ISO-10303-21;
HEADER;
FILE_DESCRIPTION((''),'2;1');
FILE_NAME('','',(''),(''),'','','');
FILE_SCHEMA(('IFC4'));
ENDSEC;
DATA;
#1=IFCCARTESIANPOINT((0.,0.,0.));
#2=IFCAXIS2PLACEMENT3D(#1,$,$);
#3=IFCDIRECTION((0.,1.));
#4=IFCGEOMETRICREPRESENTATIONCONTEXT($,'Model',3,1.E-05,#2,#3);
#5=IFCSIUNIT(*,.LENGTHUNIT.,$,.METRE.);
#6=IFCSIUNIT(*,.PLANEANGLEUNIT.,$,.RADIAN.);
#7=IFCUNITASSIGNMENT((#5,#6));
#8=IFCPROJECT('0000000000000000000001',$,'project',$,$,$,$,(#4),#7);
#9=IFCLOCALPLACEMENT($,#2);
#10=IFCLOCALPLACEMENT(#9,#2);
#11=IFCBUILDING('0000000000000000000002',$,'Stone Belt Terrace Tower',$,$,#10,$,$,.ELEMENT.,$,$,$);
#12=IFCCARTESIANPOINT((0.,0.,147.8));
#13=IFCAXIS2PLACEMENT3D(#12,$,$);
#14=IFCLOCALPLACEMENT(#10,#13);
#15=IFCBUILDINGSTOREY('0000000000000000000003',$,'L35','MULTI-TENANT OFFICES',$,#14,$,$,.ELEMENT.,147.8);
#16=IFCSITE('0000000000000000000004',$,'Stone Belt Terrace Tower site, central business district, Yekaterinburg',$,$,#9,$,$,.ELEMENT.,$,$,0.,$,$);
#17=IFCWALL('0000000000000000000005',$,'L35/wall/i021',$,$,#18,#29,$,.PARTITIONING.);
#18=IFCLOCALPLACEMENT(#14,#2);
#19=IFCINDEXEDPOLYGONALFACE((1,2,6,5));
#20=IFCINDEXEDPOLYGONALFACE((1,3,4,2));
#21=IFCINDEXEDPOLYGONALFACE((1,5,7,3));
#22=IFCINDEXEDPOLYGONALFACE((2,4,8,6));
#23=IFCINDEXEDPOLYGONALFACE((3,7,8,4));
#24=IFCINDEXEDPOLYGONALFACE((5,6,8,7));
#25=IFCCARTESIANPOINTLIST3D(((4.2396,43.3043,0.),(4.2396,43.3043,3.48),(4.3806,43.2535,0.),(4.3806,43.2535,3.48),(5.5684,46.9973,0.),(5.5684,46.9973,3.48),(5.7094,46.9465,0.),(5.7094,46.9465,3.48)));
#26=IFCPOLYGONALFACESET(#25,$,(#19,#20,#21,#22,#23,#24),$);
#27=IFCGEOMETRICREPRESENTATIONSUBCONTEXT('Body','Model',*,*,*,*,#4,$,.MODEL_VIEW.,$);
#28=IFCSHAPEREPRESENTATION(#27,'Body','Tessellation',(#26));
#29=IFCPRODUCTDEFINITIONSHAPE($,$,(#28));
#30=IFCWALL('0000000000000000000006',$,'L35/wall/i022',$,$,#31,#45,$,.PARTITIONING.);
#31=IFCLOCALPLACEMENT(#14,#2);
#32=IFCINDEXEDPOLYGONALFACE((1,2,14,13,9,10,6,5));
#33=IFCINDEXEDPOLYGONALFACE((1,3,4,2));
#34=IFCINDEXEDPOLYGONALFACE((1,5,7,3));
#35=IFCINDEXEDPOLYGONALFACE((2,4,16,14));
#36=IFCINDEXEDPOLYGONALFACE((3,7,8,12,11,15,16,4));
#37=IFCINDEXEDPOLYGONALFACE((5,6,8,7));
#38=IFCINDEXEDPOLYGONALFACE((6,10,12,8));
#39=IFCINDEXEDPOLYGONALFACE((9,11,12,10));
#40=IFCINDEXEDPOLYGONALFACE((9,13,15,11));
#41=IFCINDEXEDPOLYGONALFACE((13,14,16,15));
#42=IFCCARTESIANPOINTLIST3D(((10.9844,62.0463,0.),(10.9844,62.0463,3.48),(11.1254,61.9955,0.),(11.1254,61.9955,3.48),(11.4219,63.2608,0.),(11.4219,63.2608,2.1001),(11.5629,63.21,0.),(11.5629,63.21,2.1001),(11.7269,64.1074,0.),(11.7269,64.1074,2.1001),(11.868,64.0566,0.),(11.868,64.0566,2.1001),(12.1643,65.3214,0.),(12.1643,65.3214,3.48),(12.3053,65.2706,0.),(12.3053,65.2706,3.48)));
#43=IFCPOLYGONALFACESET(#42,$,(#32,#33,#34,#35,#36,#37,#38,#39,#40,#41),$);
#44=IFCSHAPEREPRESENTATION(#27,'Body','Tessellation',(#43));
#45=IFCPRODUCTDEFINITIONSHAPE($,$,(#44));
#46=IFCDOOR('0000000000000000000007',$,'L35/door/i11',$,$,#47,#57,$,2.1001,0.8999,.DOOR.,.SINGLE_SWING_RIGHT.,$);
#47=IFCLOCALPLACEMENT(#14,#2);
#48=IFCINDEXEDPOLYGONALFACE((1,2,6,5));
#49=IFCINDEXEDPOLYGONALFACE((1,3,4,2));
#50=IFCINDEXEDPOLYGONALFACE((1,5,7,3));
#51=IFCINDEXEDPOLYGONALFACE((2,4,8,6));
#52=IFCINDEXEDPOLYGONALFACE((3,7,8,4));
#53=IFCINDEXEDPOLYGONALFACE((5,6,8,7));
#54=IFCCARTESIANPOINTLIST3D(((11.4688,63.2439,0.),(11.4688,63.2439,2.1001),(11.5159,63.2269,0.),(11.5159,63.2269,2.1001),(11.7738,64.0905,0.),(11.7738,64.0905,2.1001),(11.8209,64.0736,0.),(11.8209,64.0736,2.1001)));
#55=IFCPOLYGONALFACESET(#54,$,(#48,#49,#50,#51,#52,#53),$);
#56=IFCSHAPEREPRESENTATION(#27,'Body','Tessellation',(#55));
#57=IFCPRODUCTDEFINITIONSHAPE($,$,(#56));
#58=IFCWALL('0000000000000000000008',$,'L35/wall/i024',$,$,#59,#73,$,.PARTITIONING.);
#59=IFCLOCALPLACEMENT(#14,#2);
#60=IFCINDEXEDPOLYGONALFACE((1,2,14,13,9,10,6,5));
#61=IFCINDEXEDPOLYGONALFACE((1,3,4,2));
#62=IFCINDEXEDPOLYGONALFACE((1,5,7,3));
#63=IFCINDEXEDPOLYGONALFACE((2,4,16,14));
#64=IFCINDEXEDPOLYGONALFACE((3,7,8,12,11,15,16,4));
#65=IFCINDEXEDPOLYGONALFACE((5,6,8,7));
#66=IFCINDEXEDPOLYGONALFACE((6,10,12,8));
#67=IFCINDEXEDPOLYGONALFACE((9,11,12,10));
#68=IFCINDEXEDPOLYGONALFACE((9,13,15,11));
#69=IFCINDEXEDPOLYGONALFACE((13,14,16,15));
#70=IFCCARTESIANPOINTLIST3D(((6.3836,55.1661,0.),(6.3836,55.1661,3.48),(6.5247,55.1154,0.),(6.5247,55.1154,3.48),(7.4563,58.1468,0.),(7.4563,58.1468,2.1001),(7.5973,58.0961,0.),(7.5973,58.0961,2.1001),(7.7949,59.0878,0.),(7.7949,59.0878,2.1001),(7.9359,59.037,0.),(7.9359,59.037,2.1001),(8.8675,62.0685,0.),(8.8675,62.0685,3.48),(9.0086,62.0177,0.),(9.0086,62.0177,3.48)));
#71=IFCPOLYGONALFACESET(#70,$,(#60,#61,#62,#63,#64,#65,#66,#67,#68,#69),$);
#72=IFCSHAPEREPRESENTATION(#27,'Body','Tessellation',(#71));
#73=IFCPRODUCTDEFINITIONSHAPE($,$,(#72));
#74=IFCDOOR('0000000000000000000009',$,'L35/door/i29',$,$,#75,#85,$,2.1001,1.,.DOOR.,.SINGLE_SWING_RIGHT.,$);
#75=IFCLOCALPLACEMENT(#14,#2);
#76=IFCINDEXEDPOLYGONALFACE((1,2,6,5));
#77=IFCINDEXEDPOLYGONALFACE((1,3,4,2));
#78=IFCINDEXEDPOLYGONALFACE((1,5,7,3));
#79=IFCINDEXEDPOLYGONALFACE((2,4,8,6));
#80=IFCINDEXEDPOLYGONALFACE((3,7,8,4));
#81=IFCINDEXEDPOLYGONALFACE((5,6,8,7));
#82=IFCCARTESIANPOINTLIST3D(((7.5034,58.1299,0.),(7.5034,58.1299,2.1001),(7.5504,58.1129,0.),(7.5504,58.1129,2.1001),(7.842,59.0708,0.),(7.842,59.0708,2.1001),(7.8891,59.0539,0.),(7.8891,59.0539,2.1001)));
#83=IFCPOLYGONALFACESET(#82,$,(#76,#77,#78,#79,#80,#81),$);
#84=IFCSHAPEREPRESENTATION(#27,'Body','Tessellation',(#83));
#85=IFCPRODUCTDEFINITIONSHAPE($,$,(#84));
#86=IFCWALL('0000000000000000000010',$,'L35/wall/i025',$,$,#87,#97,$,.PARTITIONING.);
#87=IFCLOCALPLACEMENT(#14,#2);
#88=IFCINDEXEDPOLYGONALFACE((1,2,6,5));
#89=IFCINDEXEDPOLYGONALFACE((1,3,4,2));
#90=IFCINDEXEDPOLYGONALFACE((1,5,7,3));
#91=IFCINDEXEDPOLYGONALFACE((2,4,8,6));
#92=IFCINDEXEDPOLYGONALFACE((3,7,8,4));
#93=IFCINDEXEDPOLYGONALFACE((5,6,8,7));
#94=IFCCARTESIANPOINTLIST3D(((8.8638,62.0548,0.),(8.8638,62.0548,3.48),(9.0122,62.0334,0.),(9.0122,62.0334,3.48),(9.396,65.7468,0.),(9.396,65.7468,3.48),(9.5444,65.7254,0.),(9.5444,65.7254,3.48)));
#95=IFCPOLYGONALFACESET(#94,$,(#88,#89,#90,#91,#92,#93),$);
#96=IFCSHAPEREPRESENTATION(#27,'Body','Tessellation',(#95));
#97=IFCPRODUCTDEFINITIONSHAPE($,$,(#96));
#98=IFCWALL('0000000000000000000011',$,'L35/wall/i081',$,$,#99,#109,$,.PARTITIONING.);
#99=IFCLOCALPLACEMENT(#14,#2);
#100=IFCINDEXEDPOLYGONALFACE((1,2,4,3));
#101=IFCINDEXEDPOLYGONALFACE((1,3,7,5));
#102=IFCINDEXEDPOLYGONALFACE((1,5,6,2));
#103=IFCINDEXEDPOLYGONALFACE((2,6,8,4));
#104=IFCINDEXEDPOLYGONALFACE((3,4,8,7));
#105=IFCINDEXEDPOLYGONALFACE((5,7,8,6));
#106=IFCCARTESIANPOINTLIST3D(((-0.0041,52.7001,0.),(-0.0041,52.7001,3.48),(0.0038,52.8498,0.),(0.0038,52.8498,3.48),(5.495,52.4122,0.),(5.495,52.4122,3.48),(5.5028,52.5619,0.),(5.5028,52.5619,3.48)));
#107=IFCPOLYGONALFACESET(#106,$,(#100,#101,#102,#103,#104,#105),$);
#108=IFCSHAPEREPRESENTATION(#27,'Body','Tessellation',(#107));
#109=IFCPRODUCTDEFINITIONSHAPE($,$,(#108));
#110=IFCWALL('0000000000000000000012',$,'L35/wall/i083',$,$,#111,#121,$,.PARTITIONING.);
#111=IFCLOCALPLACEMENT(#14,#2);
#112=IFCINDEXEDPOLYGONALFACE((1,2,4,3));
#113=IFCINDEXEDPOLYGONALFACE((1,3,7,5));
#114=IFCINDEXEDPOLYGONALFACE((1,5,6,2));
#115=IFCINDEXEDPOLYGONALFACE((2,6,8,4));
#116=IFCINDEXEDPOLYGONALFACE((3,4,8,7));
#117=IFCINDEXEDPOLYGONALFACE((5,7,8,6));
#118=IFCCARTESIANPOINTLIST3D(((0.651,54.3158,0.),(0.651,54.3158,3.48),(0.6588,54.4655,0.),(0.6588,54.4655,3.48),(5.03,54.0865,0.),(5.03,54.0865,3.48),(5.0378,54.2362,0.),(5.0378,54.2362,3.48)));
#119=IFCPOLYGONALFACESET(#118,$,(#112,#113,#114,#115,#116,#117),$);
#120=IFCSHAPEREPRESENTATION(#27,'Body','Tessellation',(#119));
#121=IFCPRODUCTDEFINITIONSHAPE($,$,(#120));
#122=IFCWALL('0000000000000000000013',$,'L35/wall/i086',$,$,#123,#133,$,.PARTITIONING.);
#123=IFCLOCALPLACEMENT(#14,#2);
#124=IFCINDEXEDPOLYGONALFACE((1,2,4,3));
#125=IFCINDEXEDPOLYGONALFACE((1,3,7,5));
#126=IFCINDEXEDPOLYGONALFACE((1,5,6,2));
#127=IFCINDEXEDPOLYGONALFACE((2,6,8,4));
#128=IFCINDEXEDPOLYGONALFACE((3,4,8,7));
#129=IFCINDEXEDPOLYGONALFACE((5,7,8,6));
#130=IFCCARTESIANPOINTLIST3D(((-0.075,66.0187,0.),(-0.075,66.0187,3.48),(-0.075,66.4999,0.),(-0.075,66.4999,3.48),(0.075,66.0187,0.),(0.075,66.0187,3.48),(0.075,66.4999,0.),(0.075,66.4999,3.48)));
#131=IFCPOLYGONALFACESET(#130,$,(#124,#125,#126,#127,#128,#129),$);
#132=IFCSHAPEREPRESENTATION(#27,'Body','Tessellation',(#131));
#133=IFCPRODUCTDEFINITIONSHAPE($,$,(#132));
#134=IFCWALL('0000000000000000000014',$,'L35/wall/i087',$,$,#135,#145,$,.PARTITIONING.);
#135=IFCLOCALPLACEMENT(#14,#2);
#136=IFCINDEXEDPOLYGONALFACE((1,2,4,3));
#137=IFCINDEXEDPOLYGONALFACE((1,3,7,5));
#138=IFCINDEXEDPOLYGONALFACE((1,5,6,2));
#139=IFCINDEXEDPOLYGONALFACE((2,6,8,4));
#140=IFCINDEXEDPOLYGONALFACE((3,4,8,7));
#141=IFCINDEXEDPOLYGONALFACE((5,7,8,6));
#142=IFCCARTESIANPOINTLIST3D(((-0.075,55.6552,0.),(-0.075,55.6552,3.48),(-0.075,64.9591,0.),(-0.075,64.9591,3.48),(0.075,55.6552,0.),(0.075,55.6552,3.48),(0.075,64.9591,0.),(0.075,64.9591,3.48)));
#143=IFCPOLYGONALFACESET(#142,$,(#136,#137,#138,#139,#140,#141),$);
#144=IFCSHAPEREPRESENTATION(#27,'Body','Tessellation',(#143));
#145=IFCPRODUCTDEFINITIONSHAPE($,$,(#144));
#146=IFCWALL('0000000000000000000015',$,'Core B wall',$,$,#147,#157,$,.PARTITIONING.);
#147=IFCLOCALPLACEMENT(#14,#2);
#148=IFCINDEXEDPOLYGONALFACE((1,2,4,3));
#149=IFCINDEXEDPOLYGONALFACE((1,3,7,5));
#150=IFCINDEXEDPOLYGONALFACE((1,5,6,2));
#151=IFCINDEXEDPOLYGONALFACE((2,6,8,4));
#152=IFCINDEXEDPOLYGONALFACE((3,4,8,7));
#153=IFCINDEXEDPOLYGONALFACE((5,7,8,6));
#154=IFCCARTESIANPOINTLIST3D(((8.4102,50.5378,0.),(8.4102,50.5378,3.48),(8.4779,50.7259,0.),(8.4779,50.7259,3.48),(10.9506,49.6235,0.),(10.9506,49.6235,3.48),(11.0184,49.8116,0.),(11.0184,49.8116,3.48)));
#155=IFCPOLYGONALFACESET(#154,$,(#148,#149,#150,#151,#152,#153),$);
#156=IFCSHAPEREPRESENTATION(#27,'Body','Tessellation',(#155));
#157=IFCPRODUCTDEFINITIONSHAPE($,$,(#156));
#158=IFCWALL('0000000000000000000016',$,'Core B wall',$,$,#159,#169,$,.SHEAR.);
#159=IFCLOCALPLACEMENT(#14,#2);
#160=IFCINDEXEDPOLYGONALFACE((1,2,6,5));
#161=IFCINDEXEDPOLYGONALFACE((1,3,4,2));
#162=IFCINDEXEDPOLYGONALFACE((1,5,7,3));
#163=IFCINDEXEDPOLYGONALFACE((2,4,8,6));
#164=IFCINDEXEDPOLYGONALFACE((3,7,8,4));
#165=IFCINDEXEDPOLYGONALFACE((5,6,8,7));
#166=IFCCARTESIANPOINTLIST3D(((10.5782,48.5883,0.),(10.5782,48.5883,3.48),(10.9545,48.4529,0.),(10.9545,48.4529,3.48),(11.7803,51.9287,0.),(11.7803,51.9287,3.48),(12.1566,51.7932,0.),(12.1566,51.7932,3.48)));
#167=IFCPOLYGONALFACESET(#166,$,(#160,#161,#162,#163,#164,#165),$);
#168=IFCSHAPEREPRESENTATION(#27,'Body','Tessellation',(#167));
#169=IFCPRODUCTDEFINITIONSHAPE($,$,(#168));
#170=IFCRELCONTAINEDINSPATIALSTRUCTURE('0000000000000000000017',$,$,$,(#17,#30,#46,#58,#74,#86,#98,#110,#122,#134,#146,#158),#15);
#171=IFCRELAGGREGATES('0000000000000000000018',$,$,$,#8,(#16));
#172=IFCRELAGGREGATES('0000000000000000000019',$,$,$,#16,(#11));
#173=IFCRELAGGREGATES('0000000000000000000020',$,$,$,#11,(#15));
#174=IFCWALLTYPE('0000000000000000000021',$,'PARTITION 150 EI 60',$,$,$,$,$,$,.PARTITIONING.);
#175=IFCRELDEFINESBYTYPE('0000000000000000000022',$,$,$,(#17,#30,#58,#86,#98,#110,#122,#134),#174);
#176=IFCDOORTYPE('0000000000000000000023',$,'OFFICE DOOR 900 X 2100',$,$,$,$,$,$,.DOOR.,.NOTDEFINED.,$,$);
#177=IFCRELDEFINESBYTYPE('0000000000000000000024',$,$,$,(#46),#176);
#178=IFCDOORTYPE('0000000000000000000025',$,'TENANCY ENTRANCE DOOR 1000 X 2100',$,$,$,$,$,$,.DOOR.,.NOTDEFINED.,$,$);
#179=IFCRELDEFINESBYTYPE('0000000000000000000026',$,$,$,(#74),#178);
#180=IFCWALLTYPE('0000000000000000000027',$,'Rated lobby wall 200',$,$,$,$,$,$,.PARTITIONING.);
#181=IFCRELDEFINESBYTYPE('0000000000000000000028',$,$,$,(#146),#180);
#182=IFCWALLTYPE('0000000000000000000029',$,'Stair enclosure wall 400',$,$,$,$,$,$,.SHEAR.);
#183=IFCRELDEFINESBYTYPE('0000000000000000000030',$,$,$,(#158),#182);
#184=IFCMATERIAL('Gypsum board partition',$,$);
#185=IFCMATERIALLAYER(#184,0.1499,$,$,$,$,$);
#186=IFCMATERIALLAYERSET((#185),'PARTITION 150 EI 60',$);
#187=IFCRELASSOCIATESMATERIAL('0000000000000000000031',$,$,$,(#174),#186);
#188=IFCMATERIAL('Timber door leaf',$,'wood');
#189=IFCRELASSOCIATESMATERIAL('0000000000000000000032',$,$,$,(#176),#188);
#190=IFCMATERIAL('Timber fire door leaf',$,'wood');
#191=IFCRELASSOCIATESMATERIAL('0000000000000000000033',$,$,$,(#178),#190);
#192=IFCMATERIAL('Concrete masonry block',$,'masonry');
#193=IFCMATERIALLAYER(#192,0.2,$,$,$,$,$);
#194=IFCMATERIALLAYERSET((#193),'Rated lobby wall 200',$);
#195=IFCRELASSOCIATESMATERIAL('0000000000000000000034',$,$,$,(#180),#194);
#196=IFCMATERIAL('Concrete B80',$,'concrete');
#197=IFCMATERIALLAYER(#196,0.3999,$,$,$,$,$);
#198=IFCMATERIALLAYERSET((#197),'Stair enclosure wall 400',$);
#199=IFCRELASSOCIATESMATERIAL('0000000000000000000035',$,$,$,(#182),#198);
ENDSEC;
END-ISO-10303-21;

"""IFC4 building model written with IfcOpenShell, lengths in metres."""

from ifc_helpers import new_model, si_unit, direction, frame, frame_2d, origin, place, context, subcontext, project, spatial, rectangle, extrude, material, layer, layer_set, type_object, element, fill, save


model = new_model("IFC4")

# Units and contexts
model_context = context("Model", 3, precision=1e-05, world=origin(), true_north=direction((0.0, 1.0)))
body_context = subcontext(model_context, "Body", "Model", "MODEL_VIEW")
ifc_project = project(units=[si_unit("LENGTHUNIT", "METRE"), si_unit("PLANEANGLEUNIT", "RADIAN")], contexts=[model_context])

# Site, building, storey
site_placement = place(None, origin())
site = spatial("IfcSite", under=ifc_project, at=site_placement, Name="Stone Belt Terrace Tower site, central business district, Yekaterinburg", CompositionType="ELEMENT", RefElevation=0.0)
building_placement = place(site_placement, origin())
building = spatial("IfcBuilding", under=site, at=building_placement, Name="Stone Belt Terrace Tower", CompositionType="ELEMENT")
storey_placement = place(building_placement, frame((0.0, 0.0, 147.8)))
storey = spatial("IfcBuildingStorey", under=building, at=storey_placement, Name="L35", Description="MULTI-TENANT OFFICES", CompositionType="ELEMENT", Elevation=147.8)

# Shared definitions
ifc_material_1 = material(Name="Concrete B80", Category="concrete")

# Shared definitions
ifc_material_2 = material(Name="Timber door leaf", Category="wood")

# Wall
ifc_material_3 = material(Name="Gypsum board partition")
ifc_layer_1 = layer(ifc_material_3, 0.1499)
ifc_layer_set_1 = layer_set([ifc_layer_1], Name="PARTITION 150 EI 60")
wall_type_1 = type_object("IfcWallType", Name="PARTITION 150 EI 60", PredefinedType="PARTITIONING", material=ifc_layer_set_1)
wall_1_placement = place(storey_placement, frame((5.6389, 46.9719, 0.0), z_axis=(0.0, 0.0, 1.0), x_axis=(-0.33857, -0.940941, 0.0)))
element("IfcWall", 1, at=wall_1_placement, inside=storey, type_object=wall_type_1, Name="L35/wall/i021", PredefinedType="PARTITIONING", context=body_context, shape_type="SweptSolid", body=[
    extrude(rectangle(XDim=3.9248, YDim=0.1499, at=frame_2d((1.9624, 0.0))), origin(), (0.0, 0.0, 1.0), 3.48),
])

# Walls, openings, doors
wall_2_placement = place(storey_placement, frame((12.2349, 65.2961, 0.0), z_axis=(0.0, 0.0, 1.0), x_axis=(-0.338943, -0.940807, 0.0)))
wall_2 = element("IfcWall", 2, at=wall_2_placement, inside=storey, type_object=wall_type_1, Name="L35/wall/i022", PredefinedType="PARTITIONING", context=body_context, shape_type="SweptSolid", body=[
    extrude(rectangle(XDim=3.4812, YDim=0.1499, at=frame_2d((1.7407, 0.0))), origin(), (0.0, 0.0, 1.0), 3.48),
])
opening_1_placement = place(wall_2_placement, frame((1.2905, 0.0, 0.0)))
opening_1 = element("IfcOpeningElement", 3, at=opening_1_placement, cuts=wall_2, PredefinedType="OPENING", context=body_context, shape_type="SweptSolid", body=[
    extrude(rectangle(XDim=0.8999, YDim=2.1001, at=frame_2d((0.45, 1.05))), frame((0.0, 0.085, 0.0), z_axis=(0.0, -1.0, 0.0), x_axis=(1.0, 0.0, 0.0)), (0.0, 0.0, 1.0), 0.1699),
])
door_type_1 = type_object("IfcDoorType", Name="OFFICE DOOR 900 X 2100", OperationType="NOTDEFINED", PredefinedType="DOOR", material=ifc_material_2)
door_1_placement = place(opening_1_placement, origin())
door_1 = element("IfcDoor", 4, at=door_1_placement, inside=storey, type_object=door_type_1, Name="L35/door/i11", OperationType="SINGLE_SWING_RIGHT", OverallHeight=2.1001, OverallWidth=0.8999, PredefinedType="DOOR", context=body_context, shape_type="SweptSolid", body=[
    extrude(rectangle(XDim=0.8999, YDim=2.1001, at=frame_2d((0.45, 1.05))), frame((0.0, 0.0249, 0.0), z_axis=(0.0, -1.0, 0.0), x_axis=(1.0, 0.0, 0.0)), (0.0, 0.0, 1.0), 0.05),
])
fill(opening_1, door_1)
wall_3_placement = place(storey_placement, frame((6.4541, 55.1406, 0.0), z_axis=(0.0, 0.0, 1.0), x_axis=(0.338604, 0.940929, 0.0)))
wall_3 = element("IfcWall", 5, at=wall_3_placement, inside=storey, type_object=wall_type_1, Name="L35/wall/i024", PredefinedType="PARTITIONING", context=body_context, shape_type="SweptSolid", body=[
    extrude(rectangle(XDim=7.3357, YDim=0.1499, at=frame_2d((3.668, 0.0))), origin(), (0.0, 0.0, 1.0), 3.48),
])
opening_2_placement = place(wall_3_placement, frame((3.168, 0.0, 0.0)))
opening_2 = element("IfcOpeningElement", 6, at=opening_2_placement, cuts=wall_3, PredefinedType="OPENING", context=body_context, shape_type="SweptSolid", body=[
    extrude(rectangle(XDim=1.0, YDim=2.1001, at=frame_2d((0.5, 1.05))), frame((0.0, 0.085, 0.0), z_axis=(0.0, -1.0, 0.0), x_axis=(1.0, 0.0, 0.0)), (0.0, 0.0, 1.0), 0.1699),
])
ifc_material_4 = material(Name="Timber fire door leaf", Category="wood")
door_type_2 = type_object("IfcDoorType", Name="TENANCY ENTRANCE DOOR 1000 X 2100", OperationType="NOTDEFINED", PredefinedType="DOOR", material=ifc_material_4)
door_2_placement = place(opening_2_placement, origin())
door_2 = element("IfcDoor", 7, at=door_2_placement, inside=storey, type_object=door_type_2, Name="L35/door/i29", OperationType="SINGLE_SWING_RIGHT", OverallHeight=2.1001, OverallWidth=1.0, PredefinedType="DOOR", context=body_context, shape_type="SweptSolid", body=[
    extrude(rectangle(XDim=1.0, YDim=2.1001, at=frame_2d((0.5, 1.05))), frame((0.0, 0.0249, 0.0), z_axis=(0.0, -1.0, 0.0), x_axis=(1.0, 0.0, 0.0)), (0.0, 0.0, 1.0), 0.05),
])
fill(opening_2, door_2)

# Walls
wall_4_placement = place(storey_placement, frame((8.938, 62.0439, 0.0), z_axis=(0.0, 0.0, 1.0), x_axis=(0.142677, 0.989769, 0.0)))
element("IfcWall", 8, at=wall_4_placement, inside=storey, type_object=wall_type_1, Name="L35/wall/i025", PredefinedType="PARTITIONING", context=body_context, shape_type="SweptSolid", body=[
    extrude(rectangle(XDim=3.7302, YDim=0.1499, at=frame_2d((1.8652, 0.0))), origin(), (0.0, 0.0, 1.0), 3.48),
])
wall_5_placement = place(storey_placement, frame((5.499, 52.4871, 0.0), z_axis=(0.0, 0.0, 1.0), x_axis=(-0.998633, 0.052273, 0.0)))
element("IfcWall", 9, at=wall_5_placement, inside=storey, type_object=wall_type_1, Name="L35/wall/i081", PredefinedType="PARTITIONING", context=body_context, shape_type="SweptSolid", body=[
    extrude(rectangle(XDim=5.5066, YDim=0.1499, at=frame_2d((2.7534, 0.0))), origin(), (0.0, 0.0, 1.0), 3.48),
])
wall_6_placement = place(storey_placement, frame((0.655, 54.3906, 0.0), z_axis=(0.0, 0.0, 1.0), x_axis=(0.998632, -0.052281, 0.0)))
element("IfcWall", 10, at=wall_6_placement, inside=storey, type_object=wall_type_1, Name="L35/wall/i083", PredefinedType="PARTITIONING", context=body_context, shape_type="SweptSolid", body=[
    extrude(rectangle(XDim=4.385, YDim=0.1499, at=frame_2d((2.1924, 0.0))), origin(), (0.0, 0.0, 1.0), 3.48),
])
wall_7_placement = place(storey_placement, frame((0.0, 66.5, 0.0), z_axis=(0.0, 0.0, 1.0), x_axis=(0.0, -1.0, 0.0)))
element("IfcWall", 11, at=wall_7_placement, inside=storey, type_object=wall_type_1, Name="L35/wall/i086", PredefinedType="PARTITIONING", context=body_context, shape_type="SweptSolid", body=[
    extrude(rectangle(XDim=0.4812, YDim=0.1499, at=frame_2d((0.2407, 0.0))), origin(), (0.0, 0.0, 1.0), 3.48),
])
wall_8_placement = place(storey_placement, frame((0.0, 64.959, 0.0), z_axis=(0.0, 0.0, 1.0), x_axis=(0.0, -1.0, 0.0)))
element("IfcWall", 12, at=wall_8_placement, inside=storey, type_object=wall_type_1, Name="L35/wall/i087", PredefinedType="PARTITIONING", context=body_context, shape_type="SweptSolid", body=[
    extrude(rectangle(XDim=9.304, YDim=0.1499, at=frame_2d((4.6519, 0.0))), origin(), (0.0, 0.0, 1.0), 3.48),
])
ifc_material_5 = material(Name="Concrete masonry block", Category="masonry")
ifc_layer_2 = layer(ifc_material_5, 0.2)
ifc_layer_set_2 = layer_set([ifc_layer_2], Name="Rated lobby wall 200")
wall_type_2 = type_object("IfcWallType", Name="Rated lobby wall 200", PredefinedType="PARTITIONING", material=ifc_layer_set_2)
wall_9_placement = place(storey_placement, frame((10.9846, 49.7175, 0.0), z_axis=(0.0, 0.0, 1.0), x_axis=(-0.940921, 0.338627, 0.0)))
element("IfcWall", 13, at=wall_9_placement, inside=storey, type_object=wall_type_2, Name="Core B wall", PredefinedType="PARTITIONING", context=body_context, shape_type="SweptSolid", body=[
    extrude(rectangle(XDim=2.7, YDim=0.2, at=frame_2d((1.3501, 0.0))), origin(), (0.0, 0.0, 1.0), 3.48),
])
ifc_layer_3 = layer(ifc_material_1, 0.3999)
ifc_layer_set_3 = layer_set([ifc_layer_3], Name="Stair enclosure wall 400")
wall_type_3 = type_object("IfcWallType", Name="Stair enclosure wall 400", PredefinedType="SHEAR", material=ifc_layer_set_3)
wall_10_placement = place(storey_placement, frame((10.7664, 48.5208, 0.0), z_axis=(0.0, 0.0, 1.0), x_axis=(0.338627, 0.940921, 0.0)))
element("IfcWall", 14, at=wall_10_placement, inside=storey, type_object=wall_type_3, Name="Core B wall", PredefinedType="SHEAR", context=body_context, shape_type="SweptSolid", body=[
    extrude(rectangle(XDim=3.55, YDim=0.3999, at=frame_2d((1.7749, 0.0))), origin(), (0.0, 0.0, 1.0), 3.48),
])

save(model, "model.ifc")
